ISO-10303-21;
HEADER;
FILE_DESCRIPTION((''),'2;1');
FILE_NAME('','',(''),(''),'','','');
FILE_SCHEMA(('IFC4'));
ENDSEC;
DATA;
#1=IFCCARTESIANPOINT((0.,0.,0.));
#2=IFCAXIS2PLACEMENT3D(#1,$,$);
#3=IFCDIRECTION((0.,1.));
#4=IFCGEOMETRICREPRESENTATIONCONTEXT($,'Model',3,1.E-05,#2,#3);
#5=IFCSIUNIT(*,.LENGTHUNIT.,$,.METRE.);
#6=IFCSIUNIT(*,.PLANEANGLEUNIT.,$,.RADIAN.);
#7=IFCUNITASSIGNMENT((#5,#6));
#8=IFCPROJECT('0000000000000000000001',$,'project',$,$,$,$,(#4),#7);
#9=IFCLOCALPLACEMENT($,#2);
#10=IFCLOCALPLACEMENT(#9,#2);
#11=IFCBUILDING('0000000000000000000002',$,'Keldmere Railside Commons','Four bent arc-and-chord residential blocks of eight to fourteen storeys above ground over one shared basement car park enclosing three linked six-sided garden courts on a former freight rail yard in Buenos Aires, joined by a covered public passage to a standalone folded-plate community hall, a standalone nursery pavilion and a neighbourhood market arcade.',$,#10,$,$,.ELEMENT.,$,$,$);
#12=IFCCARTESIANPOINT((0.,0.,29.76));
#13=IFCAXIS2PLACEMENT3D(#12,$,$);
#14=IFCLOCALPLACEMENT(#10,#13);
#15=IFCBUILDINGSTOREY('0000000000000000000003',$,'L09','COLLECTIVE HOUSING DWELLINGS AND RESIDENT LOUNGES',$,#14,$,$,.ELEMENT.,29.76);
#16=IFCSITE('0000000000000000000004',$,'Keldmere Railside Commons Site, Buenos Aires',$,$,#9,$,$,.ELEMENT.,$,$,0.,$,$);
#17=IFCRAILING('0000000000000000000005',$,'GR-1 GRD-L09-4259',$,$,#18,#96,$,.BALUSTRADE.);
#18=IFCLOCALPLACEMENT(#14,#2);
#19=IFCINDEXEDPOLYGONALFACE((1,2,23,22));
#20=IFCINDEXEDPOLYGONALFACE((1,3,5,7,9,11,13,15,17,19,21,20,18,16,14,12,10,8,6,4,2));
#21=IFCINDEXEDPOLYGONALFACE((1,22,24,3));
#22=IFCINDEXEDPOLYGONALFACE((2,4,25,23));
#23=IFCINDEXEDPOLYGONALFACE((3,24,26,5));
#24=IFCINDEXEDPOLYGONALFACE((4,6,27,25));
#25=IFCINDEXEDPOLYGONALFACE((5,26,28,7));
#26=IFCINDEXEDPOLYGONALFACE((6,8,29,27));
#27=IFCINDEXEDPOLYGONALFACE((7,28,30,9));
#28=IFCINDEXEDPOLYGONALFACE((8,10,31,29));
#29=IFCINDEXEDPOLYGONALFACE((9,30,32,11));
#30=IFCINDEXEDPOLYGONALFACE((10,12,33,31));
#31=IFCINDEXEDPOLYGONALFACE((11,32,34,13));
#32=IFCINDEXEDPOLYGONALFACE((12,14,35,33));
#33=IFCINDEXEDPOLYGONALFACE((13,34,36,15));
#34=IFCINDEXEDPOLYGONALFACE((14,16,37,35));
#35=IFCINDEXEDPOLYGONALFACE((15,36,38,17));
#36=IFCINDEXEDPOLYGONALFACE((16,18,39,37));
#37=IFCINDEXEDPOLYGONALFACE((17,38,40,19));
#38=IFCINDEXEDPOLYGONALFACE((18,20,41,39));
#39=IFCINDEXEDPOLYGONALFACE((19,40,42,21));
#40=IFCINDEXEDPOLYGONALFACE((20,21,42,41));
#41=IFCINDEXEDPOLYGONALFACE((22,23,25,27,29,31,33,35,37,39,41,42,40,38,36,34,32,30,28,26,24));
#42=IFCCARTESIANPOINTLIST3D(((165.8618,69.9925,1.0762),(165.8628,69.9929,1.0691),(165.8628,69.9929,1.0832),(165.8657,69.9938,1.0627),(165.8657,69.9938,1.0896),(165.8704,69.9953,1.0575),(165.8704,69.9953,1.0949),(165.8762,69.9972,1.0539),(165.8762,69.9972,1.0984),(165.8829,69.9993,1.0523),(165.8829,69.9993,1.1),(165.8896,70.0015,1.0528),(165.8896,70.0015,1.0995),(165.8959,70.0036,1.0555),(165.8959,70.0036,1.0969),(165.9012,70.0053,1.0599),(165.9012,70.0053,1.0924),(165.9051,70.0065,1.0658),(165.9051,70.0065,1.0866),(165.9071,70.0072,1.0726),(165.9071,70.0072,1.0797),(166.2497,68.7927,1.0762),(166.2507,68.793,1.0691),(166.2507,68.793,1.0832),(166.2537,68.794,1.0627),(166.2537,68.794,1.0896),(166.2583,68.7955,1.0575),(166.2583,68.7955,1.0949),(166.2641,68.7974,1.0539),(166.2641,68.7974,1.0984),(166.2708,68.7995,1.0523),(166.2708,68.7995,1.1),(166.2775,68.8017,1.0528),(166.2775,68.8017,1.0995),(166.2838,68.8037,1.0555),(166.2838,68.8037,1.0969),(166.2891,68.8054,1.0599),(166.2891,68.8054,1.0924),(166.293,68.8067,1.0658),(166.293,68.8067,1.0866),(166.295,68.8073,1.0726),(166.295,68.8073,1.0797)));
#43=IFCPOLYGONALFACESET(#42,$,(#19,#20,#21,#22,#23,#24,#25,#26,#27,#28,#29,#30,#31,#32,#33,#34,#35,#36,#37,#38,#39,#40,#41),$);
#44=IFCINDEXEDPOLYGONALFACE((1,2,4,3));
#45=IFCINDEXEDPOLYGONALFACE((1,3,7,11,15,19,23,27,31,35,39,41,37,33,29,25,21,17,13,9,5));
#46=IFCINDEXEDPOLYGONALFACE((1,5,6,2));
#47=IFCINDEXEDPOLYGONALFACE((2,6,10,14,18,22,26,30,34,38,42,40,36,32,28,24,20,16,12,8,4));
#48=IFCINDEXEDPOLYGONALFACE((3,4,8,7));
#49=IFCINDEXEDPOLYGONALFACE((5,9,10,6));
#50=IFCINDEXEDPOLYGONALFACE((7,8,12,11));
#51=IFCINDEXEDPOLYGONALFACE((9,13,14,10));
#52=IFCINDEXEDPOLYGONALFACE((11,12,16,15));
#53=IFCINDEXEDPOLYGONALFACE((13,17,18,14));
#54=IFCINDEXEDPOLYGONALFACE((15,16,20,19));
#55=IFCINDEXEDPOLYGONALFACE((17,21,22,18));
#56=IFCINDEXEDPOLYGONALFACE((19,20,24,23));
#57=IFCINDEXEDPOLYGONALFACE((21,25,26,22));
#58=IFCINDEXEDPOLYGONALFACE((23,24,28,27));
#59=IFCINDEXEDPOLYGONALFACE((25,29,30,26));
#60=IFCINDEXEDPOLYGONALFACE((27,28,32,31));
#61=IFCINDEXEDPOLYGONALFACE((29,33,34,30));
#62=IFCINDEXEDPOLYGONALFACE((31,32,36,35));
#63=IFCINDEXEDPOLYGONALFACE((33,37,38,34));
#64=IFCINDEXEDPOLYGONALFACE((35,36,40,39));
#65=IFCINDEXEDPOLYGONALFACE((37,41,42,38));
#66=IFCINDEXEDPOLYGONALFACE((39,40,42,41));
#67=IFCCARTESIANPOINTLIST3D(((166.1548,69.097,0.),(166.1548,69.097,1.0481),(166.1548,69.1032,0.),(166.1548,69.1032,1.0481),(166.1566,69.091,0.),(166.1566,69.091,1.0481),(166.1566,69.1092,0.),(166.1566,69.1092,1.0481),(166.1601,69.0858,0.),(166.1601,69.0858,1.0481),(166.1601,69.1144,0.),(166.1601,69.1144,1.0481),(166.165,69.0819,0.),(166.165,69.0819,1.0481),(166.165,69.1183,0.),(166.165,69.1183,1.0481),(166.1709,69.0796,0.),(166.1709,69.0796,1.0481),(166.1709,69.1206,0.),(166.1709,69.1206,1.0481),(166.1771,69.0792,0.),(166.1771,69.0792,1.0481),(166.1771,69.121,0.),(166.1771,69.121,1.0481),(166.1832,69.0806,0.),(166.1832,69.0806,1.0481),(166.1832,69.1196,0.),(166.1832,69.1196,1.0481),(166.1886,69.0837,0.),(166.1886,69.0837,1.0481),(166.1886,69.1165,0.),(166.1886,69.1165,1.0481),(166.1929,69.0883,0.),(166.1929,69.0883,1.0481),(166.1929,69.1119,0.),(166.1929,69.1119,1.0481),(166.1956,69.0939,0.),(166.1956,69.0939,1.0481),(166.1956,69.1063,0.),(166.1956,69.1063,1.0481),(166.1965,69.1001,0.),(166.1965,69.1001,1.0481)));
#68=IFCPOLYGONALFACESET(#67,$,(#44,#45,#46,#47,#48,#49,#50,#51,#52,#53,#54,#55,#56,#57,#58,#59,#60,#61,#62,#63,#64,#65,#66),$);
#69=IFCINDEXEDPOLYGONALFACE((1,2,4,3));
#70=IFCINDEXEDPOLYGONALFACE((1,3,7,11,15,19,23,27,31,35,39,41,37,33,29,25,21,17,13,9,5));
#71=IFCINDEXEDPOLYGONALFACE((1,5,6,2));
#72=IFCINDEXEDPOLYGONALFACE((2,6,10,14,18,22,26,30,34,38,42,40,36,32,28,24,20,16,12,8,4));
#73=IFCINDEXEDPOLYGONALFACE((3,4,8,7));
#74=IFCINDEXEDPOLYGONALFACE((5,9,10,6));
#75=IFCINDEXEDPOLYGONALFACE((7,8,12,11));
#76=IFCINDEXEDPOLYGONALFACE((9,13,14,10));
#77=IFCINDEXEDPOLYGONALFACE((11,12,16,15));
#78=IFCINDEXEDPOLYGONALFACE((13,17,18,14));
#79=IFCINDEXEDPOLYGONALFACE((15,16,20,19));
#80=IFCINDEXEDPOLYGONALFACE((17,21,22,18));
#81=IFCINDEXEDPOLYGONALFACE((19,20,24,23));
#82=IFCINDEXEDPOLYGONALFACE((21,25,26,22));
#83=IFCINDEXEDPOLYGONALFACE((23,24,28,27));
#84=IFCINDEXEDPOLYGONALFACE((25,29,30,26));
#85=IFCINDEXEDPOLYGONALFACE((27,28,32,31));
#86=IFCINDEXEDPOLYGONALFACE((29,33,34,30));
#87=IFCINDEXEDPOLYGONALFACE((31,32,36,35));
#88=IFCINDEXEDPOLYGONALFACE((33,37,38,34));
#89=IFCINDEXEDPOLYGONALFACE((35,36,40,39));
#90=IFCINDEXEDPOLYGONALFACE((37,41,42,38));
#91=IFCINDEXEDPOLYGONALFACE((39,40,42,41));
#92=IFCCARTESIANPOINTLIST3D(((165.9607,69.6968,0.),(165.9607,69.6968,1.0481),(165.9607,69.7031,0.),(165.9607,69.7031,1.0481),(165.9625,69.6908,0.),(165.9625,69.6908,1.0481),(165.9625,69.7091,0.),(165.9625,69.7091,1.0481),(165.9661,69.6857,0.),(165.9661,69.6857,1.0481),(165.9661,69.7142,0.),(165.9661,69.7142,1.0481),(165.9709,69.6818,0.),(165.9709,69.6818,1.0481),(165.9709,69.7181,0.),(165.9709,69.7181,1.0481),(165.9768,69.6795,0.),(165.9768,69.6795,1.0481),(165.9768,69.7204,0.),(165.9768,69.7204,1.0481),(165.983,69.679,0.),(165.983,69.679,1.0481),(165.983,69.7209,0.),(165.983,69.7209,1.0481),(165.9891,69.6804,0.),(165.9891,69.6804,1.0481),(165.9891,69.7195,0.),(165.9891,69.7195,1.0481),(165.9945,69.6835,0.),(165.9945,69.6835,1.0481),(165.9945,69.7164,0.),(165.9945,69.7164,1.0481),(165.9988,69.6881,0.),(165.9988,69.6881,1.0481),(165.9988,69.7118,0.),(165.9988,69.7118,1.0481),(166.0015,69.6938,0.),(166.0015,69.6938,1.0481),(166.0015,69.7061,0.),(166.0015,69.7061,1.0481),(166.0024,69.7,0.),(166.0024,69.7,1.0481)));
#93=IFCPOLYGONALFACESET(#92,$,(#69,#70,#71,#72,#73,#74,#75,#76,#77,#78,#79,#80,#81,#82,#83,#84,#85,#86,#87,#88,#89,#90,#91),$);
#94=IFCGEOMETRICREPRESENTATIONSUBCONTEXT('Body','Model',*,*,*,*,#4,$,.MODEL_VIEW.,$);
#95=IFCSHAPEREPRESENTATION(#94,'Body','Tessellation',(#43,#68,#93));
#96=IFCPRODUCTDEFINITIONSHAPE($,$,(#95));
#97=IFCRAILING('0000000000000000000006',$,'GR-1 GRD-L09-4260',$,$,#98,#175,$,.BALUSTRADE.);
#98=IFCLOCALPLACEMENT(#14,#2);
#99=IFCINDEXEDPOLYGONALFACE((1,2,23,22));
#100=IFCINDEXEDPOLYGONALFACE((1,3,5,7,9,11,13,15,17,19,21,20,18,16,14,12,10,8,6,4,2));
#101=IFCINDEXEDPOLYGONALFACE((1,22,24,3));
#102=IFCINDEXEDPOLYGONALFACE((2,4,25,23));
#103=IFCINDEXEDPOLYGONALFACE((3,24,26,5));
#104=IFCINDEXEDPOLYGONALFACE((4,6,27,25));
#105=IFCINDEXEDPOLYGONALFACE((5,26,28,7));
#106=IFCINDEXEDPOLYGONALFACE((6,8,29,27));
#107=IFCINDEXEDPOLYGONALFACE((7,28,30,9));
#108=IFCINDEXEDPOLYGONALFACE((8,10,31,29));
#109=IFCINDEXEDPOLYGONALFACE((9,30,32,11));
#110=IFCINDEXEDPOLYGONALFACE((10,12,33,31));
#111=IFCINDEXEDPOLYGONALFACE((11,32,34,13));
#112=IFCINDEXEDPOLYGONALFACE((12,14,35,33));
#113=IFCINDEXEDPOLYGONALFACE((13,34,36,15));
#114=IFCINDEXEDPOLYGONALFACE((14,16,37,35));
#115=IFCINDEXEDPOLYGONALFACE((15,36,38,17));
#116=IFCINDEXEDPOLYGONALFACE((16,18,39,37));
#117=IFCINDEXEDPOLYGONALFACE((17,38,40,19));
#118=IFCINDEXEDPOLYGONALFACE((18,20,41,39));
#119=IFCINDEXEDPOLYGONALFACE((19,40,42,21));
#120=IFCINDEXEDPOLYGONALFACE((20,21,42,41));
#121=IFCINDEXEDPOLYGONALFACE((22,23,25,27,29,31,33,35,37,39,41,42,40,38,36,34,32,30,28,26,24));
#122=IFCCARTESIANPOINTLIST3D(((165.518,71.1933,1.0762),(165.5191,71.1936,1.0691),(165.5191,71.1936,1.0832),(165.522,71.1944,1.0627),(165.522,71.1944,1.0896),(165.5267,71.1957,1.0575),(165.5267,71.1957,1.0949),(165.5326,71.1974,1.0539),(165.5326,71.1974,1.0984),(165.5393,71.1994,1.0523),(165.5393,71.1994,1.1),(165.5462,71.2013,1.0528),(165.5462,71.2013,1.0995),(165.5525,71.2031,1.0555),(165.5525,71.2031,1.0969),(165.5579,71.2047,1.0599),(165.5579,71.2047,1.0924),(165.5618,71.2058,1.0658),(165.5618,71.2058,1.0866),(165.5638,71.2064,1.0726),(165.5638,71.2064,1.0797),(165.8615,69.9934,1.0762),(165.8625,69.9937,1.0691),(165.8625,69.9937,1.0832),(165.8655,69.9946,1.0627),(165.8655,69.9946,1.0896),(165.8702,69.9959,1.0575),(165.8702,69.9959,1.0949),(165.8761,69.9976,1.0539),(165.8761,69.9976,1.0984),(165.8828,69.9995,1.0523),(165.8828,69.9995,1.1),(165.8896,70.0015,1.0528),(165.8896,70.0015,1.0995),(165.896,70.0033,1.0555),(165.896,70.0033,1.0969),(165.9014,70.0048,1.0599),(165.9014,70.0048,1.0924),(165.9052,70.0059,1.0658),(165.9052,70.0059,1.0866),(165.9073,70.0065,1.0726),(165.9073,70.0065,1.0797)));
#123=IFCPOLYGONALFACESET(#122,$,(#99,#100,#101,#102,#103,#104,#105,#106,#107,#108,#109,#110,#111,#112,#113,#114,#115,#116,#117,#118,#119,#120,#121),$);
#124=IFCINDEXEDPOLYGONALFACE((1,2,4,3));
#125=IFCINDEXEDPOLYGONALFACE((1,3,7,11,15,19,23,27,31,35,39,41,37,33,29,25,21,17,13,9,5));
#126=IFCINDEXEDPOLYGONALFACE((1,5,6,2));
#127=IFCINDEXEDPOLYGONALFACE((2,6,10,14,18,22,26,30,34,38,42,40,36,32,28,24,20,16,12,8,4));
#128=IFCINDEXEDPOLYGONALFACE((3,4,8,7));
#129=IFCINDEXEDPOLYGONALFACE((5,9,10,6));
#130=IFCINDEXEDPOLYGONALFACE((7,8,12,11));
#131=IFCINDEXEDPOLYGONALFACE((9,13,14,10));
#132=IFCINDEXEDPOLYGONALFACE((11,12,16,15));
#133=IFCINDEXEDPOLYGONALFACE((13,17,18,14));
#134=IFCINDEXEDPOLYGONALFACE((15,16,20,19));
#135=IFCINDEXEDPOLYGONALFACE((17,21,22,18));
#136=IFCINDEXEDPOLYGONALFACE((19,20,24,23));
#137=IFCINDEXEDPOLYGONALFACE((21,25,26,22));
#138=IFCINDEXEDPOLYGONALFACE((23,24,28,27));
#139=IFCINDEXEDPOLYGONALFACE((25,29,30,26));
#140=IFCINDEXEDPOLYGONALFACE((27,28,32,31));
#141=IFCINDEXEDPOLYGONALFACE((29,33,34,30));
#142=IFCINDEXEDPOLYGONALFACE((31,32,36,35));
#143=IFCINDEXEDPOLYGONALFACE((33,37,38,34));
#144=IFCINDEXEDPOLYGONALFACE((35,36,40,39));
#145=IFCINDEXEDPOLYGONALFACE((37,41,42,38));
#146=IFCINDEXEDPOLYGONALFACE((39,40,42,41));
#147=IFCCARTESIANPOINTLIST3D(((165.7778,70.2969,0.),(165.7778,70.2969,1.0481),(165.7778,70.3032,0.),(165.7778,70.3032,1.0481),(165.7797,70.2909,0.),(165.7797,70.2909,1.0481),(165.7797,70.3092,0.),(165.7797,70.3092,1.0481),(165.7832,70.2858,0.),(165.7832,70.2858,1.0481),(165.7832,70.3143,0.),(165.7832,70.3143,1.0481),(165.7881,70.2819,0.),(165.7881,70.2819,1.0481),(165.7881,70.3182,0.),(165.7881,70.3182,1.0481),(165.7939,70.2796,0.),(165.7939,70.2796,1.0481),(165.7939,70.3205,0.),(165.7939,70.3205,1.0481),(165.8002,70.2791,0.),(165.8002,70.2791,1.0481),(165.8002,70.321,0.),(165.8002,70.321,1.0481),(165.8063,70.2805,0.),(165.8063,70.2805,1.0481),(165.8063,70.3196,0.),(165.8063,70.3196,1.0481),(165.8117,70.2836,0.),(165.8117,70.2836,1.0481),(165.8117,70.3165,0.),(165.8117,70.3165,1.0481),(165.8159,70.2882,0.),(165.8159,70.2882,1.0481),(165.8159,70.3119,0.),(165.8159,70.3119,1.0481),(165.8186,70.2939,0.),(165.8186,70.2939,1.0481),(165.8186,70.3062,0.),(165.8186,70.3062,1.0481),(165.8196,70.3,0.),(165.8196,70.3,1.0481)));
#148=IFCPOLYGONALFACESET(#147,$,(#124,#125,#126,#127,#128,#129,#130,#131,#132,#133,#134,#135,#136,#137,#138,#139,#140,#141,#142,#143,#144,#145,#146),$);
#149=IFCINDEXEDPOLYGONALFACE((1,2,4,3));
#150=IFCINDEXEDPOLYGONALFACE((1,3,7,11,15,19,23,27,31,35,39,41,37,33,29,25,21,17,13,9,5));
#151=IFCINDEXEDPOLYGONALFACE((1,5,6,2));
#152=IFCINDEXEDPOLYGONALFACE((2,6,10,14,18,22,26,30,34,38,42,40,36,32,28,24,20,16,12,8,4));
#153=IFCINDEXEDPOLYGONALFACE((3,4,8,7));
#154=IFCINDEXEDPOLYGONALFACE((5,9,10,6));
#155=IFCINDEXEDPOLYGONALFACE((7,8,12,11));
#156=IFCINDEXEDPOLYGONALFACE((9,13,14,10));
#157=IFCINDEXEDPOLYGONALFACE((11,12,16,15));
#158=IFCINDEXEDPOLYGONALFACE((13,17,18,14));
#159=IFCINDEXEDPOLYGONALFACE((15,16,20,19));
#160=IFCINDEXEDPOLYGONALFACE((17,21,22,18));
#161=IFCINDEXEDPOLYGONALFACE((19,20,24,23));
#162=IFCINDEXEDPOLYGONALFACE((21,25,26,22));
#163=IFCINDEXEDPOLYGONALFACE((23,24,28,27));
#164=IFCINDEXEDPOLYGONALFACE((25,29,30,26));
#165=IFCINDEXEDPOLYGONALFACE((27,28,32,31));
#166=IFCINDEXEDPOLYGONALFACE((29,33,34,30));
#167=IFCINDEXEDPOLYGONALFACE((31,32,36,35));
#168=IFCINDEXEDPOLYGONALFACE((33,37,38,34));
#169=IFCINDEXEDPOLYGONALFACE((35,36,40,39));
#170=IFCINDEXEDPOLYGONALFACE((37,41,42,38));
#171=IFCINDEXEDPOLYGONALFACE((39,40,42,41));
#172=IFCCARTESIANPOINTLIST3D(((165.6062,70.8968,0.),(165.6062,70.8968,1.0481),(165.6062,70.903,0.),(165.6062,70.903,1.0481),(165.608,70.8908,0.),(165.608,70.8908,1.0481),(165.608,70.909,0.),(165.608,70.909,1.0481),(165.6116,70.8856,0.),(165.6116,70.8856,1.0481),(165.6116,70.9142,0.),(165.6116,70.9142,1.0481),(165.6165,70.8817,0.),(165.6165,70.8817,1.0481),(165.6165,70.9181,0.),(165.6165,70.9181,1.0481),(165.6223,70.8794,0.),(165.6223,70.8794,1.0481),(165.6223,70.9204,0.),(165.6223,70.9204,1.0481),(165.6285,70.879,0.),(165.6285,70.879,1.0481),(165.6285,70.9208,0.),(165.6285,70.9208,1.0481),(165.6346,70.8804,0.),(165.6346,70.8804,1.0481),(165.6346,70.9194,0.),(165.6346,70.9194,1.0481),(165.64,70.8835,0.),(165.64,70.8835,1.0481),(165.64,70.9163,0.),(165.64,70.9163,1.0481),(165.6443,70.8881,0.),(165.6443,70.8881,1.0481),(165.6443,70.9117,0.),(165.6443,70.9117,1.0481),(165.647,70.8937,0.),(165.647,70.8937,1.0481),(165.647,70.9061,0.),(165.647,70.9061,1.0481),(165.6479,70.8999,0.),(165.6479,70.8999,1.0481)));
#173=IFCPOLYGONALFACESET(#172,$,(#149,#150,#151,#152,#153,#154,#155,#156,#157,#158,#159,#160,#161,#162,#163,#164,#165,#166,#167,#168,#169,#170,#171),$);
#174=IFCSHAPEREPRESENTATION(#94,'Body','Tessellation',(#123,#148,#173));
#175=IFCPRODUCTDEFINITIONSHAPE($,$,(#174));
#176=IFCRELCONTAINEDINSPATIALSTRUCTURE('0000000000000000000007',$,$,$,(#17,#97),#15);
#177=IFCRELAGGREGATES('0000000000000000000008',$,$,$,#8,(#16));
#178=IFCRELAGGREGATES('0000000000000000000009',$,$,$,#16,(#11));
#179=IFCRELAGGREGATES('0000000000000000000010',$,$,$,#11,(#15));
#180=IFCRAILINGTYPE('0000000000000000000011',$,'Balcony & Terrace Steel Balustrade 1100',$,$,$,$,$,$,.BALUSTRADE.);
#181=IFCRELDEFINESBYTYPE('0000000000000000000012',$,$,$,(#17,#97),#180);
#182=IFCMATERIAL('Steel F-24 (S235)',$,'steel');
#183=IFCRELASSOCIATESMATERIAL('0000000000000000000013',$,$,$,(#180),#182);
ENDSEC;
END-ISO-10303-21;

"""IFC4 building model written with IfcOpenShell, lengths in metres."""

from ifc_helpers import new_model, si_unit, direction, frame, origin, origin_2d, place, context, subcontext, project, spatial, circle, extrude, material, type_object, element, save


model = new_model("IFC4")

# Units and contexts
model_context = context("Model", 3, precision=1e-05, world=origin(), true_north=direction((0.0, 1.0)))
body_context = subcontext(model_context, "Body", "Model", "MODEL_VIEW")
ifc_project = project(units=[si_unit("LENGTHUNIT", "METRE"), si_unit("PLANEANGLEUNIT", "RADIAN")], contexts=[model_context])

# Site, building, storey
site_placement = place(None, origin())
site = spatial("IfcSite", under=ifc_project, at=site_placement, Name="Keldmere Railside Commons Site, Buenos Aires", CompositionType="ELEMENT", RefElevation=0.0)
building_placement = place(site_placement, origin())
building = spatial("IfcBuilding", under=site, at=building_placement, Name="Keldmere Railside Commons", Description="Four bent arc-and-chord residential blocks of eight to fourteen storeys above ground over one shared basement car park enclosing three linked six-sided garden courts on a former freight rail yard in Buenos Aires, joined by a covered public passage to a standalone folded-plate community hall, a standalone nursery pavilion and a neighbourhood market arcade.", CompositionType="ELEMENT")
storey_placement = place(building_placement, frame((0.0, 0.0, 29.76)))
storey = spatial("IfcBuildingStorey", under=building, at=storey_placement, Name="L09", Description="COLLECTIVE HOUSING DWELLINGS AND RESIDENT LOUNGES", CompositionType="ELEMENT", Elevation=29.76)

# Railings
ifc_material_1 = material(Name="Steel F-24 (S235)", Category="steel")
railing_type = type_object("IfcRailingType", Name="Balcony & Terrace Steel Balustrade 1100", PredefinedType="BALUSTRADE", material=ifc_material_1)
railing_1_placement = place(storey_placement, frame((166.2725, 68.8, 0.0)))
element("IfcRailing", 1, at=railing_1_placement, inside=storey, type_object=railing_type, Name="GR-1 GRD-L09-4259", PredefinedType="BALUSTRADE", context=body_context, shape_type="SweptSolid", body=[
    extrude(circle(Radius=0.0239, at=origin_2d()), frame((0.0, 0.0, 1.0762), z_axis=(-0.307619, 0.95151, 0.0), x_axis=(-0.95151, -0.307619, 0.0)), (0.0, 0.0, 1.0), 1.261),
    extrude(circle(Radius=0.021, at=origin_2d()), frame((-0.0969, 0.3, 0.0)), (0.0, 0.0, 1.0), 1.0481),
    extrude(circle(Radius=0.021, at=origin_2d()), frame((-0.291, 0.8999, 0.0)), (0.0, 0.0, 1.0), 1.0481),
])
railing_2_placement = place(storey_placement, frame((165.8845, 70.0, 0.0)))
element("IfcRailing", 2, at=railing_2_placement, inside=storey, type_object=railing_type, Name="GR-1 GRD-L09-4260", PredefinedType="BALUSTRADE", context=body_context, shape_type="SweptSolid", body=[
    extrude(circle(Radius=0.0239, at=origin_2d()), frame((0.0, 0.0, 1.0762), z_axis=(-0.275212, 0.961384, 0.0), x_axis=(-0.961384, -0.275212, 0.0)), (0.0, 0.0, 1.0), 1.248),
    extrude(circle(Radius=0.021, at=origin_2d()), frame((-0.0859, 0.3, 0.0)), (0.0, 0.0, 1.0), 1.0481),
    extrude(circle(Radius=0.021, at=origin_2d()), frame((-0.2576, 0.8999, 0.0)), (0.0, 0.0, 1.0), 1.0481),
])

save(model, "model.ifc")
